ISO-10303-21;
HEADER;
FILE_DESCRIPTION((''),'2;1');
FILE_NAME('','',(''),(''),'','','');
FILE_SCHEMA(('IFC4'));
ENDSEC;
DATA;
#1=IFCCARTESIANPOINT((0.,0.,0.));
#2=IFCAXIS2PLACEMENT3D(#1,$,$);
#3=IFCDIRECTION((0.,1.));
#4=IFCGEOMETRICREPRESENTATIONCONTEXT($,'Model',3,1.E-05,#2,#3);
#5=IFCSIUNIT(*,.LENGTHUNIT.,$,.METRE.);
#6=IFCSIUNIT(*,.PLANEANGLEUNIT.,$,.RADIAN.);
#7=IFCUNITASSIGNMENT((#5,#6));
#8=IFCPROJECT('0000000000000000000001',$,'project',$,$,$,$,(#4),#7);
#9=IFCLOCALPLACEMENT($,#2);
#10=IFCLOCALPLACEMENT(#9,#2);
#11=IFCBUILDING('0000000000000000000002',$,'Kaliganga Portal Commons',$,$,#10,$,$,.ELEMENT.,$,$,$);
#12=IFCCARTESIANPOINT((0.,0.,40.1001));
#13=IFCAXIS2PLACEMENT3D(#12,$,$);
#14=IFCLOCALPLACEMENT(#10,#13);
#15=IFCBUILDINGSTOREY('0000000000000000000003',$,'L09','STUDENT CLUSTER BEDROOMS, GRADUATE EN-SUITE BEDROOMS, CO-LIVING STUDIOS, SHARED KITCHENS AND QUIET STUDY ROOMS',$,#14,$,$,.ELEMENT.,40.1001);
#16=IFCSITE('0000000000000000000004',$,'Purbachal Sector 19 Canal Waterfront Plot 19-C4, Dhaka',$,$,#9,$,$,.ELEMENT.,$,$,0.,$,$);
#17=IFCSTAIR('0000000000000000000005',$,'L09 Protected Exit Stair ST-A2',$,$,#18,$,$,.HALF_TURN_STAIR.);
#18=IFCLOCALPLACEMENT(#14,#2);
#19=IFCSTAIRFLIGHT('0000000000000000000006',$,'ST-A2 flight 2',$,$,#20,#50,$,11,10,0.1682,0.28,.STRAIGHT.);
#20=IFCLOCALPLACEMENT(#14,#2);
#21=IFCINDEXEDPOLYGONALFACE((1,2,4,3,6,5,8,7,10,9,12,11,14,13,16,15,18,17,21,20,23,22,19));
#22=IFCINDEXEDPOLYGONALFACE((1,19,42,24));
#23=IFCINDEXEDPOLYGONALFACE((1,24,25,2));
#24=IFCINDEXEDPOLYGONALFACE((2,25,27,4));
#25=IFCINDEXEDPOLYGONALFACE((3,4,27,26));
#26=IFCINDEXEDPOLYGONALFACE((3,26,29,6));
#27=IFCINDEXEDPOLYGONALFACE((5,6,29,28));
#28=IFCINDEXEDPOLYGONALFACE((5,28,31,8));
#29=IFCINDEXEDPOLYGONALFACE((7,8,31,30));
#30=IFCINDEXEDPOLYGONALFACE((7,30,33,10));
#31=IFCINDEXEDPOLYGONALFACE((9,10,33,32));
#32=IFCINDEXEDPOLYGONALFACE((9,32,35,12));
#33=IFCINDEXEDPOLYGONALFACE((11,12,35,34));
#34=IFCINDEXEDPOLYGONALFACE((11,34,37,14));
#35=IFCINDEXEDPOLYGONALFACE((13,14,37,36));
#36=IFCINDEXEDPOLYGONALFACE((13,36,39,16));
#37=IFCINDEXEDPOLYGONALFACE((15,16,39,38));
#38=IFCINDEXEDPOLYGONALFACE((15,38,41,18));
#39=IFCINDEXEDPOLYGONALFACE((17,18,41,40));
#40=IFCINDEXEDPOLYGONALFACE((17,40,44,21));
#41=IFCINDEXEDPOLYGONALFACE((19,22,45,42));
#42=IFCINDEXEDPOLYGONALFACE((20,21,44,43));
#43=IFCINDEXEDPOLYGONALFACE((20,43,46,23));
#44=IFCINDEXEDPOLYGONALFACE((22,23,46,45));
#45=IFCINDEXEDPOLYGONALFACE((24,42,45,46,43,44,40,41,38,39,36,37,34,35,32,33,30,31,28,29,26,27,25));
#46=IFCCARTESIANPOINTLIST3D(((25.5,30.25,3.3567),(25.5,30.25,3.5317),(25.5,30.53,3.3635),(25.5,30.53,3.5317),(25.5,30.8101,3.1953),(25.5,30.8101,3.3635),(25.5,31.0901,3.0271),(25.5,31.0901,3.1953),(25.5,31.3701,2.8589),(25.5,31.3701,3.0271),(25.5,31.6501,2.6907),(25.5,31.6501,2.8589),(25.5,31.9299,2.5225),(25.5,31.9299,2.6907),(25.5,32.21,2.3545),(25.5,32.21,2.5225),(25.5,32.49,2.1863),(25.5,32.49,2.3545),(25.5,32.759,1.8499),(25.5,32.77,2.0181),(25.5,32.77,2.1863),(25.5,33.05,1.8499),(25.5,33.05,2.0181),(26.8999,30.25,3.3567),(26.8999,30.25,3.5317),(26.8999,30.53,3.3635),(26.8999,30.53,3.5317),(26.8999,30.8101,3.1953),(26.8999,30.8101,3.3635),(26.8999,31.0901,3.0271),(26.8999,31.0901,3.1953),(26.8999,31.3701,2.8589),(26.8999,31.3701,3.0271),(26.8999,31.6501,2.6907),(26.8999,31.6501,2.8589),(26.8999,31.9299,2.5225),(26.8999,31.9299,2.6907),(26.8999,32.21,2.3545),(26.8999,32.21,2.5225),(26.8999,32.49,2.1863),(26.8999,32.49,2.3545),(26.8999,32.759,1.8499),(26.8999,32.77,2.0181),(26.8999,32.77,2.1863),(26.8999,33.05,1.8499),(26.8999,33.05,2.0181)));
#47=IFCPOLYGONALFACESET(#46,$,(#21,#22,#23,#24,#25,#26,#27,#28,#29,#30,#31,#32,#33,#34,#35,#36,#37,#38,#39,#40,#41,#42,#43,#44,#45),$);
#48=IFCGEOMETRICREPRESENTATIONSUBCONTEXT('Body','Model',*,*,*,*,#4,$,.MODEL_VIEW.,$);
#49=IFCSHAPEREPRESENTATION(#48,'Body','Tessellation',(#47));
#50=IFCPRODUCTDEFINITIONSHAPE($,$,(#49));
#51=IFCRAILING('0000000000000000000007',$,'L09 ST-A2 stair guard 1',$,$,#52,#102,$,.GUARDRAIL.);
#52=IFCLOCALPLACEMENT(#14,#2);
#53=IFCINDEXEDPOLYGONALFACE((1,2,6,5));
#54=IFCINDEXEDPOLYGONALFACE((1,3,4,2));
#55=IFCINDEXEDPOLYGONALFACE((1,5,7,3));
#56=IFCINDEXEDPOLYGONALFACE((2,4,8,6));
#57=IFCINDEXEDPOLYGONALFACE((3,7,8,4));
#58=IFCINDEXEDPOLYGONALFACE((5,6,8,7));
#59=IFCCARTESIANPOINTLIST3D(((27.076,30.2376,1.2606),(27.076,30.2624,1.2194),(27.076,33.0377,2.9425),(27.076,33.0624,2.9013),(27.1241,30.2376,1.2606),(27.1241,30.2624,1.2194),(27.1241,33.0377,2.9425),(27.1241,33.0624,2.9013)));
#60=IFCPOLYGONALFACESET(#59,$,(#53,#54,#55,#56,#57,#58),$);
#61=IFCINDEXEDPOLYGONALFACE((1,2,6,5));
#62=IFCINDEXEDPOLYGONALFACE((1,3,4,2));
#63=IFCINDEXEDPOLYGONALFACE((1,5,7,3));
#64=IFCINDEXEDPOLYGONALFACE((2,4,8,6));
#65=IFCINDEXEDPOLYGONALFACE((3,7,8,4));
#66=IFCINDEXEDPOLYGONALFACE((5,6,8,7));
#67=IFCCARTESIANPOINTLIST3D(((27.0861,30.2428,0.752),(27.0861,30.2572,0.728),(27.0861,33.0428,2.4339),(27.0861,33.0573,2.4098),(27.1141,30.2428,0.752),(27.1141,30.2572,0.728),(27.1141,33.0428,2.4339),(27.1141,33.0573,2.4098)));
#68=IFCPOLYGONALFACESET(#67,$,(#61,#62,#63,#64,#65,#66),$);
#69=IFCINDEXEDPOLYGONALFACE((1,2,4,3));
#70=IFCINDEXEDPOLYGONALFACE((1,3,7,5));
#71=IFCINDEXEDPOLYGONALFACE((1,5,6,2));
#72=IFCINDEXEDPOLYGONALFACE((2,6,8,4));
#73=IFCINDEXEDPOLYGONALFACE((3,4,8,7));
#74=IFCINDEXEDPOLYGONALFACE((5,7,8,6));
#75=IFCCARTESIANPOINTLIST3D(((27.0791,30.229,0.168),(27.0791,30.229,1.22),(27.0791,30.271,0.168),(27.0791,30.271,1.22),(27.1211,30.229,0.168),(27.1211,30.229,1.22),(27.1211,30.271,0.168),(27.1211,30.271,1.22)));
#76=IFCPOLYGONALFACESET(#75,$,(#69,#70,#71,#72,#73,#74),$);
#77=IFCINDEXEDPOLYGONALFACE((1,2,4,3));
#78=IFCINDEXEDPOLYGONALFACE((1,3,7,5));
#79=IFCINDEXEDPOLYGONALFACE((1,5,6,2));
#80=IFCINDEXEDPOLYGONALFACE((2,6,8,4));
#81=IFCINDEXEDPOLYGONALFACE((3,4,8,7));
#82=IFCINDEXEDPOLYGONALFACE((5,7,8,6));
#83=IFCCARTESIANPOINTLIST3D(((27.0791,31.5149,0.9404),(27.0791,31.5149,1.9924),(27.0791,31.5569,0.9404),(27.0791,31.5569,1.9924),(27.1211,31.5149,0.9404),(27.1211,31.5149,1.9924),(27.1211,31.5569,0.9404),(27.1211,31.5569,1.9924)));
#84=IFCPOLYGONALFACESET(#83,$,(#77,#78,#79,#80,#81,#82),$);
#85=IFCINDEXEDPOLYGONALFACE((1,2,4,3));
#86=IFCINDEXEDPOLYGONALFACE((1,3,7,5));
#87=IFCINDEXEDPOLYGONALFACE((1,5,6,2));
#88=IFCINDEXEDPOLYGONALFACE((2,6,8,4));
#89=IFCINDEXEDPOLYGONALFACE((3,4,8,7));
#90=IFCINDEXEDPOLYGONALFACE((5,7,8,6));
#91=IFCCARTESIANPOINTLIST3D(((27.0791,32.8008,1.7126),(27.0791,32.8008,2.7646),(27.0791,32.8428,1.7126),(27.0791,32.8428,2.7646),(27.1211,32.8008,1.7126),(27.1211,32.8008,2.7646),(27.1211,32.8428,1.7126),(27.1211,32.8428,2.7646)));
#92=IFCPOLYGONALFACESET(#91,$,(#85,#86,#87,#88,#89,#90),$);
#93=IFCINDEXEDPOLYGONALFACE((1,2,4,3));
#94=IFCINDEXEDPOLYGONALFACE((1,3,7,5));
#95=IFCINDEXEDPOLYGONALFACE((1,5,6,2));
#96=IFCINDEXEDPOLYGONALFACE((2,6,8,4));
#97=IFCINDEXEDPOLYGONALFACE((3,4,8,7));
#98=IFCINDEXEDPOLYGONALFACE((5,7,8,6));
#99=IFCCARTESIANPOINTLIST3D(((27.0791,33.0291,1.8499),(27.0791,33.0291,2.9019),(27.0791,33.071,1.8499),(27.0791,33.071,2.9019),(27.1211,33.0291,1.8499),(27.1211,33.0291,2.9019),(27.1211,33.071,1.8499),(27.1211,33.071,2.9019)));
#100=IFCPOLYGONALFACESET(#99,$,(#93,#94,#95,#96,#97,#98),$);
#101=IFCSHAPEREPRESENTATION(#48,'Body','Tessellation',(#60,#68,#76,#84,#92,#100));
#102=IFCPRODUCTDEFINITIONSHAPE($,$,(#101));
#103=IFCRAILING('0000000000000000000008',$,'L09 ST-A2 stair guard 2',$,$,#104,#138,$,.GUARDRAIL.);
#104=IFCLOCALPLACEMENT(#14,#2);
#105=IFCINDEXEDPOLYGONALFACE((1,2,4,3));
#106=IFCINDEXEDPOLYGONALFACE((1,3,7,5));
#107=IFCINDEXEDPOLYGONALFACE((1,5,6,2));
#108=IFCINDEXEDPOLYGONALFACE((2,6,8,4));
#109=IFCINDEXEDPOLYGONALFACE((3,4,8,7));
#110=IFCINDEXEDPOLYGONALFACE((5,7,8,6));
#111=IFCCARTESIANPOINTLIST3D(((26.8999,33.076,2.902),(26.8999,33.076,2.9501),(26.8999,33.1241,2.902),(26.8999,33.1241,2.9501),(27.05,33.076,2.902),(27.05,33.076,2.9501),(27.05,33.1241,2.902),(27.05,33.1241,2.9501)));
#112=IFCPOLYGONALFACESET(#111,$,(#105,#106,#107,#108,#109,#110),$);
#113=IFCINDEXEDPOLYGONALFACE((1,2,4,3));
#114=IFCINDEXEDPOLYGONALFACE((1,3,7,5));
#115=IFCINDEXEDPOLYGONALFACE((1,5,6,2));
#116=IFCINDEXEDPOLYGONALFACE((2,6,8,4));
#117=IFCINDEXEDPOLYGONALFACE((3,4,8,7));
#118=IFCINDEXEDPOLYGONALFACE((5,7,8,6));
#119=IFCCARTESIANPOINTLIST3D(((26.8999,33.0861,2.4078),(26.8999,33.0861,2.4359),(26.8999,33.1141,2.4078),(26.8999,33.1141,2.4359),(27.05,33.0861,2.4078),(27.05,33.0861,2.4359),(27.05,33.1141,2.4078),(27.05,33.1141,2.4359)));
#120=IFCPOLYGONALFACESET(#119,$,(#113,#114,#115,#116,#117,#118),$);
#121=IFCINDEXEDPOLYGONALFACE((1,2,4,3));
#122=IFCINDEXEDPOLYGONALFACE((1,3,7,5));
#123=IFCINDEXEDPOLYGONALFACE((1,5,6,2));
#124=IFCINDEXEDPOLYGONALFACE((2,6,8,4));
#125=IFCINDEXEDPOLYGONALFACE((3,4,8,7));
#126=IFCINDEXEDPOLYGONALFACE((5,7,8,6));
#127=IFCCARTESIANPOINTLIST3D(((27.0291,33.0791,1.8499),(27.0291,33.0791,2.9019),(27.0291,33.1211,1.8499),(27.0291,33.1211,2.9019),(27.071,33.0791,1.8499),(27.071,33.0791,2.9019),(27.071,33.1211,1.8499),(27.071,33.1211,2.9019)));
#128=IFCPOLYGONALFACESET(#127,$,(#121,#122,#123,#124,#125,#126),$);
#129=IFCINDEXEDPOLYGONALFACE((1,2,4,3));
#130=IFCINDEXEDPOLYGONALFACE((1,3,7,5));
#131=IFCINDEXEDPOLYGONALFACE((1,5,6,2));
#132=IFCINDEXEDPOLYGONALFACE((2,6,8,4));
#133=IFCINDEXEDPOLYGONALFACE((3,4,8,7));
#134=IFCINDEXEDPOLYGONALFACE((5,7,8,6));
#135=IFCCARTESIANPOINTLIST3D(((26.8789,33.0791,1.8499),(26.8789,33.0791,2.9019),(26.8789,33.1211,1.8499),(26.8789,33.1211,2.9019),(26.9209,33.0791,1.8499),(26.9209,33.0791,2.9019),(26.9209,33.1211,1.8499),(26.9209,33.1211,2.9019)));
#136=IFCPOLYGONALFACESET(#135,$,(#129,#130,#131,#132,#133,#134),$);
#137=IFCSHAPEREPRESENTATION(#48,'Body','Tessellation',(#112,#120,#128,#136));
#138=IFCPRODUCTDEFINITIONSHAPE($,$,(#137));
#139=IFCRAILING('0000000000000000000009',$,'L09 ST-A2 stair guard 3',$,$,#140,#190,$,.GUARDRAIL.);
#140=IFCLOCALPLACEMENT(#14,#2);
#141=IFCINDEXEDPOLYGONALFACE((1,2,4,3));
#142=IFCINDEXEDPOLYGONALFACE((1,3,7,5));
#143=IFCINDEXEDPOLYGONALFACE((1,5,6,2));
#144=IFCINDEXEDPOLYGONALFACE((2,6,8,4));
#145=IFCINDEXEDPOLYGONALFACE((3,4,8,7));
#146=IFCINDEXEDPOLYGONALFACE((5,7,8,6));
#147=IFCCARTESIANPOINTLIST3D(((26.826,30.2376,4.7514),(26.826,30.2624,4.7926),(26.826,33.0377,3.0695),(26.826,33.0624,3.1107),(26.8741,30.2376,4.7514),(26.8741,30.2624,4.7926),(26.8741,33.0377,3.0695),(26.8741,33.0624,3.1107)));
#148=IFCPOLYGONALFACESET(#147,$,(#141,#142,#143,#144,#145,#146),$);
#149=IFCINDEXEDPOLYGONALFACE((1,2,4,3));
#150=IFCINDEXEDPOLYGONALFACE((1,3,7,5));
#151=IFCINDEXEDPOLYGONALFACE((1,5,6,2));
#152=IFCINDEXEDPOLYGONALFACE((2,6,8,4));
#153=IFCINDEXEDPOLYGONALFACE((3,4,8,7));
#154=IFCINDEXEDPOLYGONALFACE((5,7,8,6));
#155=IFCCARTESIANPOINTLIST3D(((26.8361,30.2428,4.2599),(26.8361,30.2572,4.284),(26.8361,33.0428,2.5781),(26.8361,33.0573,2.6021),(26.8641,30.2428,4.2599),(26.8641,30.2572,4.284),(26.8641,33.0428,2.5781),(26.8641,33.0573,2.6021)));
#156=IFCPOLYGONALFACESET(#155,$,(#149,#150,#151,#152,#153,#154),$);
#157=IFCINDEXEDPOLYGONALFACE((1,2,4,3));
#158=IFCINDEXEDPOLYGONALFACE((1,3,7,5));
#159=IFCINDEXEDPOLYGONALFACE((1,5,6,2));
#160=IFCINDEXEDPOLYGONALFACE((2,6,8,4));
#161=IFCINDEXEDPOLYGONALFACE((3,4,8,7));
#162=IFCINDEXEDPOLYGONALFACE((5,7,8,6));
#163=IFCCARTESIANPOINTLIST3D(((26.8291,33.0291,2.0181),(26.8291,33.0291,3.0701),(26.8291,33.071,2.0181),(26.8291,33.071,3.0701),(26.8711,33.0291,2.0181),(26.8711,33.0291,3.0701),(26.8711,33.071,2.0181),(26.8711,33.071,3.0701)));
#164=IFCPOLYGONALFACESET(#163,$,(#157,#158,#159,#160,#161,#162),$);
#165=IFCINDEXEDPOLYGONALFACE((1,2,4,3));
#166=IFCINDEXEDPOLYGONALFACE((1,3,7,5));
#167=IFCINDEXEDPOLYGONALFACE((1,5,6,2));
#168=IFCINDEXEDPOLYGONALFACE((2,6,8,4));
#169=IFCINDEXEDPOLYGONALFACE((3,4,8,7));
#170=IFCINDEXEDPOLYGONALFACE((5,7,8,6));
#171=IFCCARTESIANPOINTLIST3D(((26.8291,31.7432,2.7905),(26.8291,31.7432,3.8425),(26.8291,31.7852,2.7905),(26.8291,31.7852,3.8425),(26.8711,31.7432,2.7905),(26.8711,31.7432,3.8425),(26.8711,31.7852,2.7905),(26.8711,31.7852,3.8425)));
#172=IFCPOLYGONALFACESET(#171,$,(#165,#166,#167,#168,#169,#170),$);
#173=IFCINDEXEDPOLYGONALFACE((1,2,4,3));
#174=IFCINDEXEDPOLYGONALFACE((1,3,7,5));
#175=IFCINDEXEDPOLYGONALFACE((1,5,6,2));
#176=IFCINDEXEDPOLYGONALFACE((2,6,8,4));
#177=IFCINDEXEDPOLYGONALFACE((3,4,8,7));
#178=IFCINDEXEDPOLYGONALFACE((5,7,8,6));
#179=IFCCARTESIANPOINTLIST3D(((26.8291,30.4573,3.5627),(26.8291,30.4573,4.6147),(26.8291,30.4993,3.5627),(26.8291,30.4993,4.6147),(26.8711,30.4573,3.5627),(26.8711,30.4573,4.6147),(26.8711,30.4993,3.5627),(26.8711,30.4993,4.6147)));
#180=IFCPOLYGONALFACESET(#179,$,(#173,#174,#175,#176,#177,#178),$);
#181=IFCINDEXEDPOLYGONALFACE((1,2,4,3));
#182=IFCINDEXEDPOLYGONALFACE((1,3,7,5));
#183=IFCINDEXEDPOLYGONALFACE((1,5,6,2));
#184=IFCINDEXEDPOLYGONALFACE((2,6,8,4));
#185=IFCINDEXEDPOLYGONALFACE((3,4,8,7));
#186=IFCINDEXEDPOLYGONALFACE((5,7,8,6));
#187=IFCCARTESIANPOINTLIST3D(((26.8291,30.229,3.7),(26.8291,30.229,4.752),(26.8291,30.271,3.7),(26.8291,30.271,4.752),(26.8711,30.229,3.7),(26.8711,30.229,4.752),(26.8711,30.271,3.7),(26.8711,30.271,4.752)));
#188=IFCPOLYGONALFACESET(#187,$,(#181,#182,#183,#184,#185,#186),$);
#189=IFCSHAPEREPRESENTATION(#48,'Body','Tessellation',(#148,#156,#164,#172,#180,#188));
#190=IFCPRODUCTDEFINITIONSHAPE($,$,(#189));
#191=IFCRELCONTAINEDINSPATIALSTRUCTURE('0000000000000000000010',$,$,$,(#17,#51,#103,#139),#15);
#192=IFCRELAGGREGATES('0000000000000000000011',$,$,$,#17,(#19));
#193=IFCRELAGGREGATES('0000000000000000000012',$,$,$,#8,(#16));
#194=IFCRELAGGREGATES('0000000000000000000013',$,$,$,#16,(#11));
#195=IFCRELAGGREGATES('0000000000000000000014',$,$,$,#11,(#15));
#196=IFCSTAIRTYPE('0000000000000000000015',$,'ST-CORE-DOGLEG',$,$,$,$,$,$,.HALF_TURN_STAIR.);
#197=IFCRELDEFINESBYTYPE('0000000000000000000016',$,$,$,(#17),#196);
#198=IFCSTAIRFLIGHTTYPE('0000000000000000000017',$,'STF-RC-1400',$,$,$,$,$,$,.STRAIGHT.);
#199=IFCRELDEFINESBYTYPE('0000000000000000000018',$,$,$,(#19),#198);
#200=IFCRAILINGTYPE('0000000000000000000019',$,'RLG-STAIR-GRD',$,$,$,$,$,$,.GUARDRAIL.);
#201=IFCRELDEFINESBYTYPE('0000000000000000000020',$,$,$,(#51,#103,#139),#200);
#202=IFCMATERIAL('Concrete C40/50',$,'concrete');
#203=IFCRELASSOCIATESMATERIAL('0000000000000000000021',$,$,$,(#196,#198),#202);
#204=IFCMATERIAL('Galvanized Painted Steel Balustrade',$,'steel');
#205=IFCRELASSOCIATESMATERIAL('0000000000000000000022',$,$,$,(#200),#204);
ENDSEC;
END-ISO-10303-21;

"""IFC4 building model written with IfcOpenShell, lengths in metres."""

from ifc_helpers import new_model, si_unit, direction, frame, origin, origin_2d, place, context, subcontext, project, spatial, polyline, rectangle, outline, extrude, material, type_object, element, aggregate, save


model = new_model("IFC4")

# Units and contexts
model_context = context("Model", 3, precision=1e-05, world=origin(), true_north=direction((0.0, 1.0)))
body_context = subcontext(model_context, "Body", "Model", "MODEL_VIEW")
ifc_project = project(units=[si_unit("LENGTHUNIT", "METRE"), si_unit("PLANEANGLEUNIT", "RADIAN")], contexts=[model_context])

# Site, building, storey
site_placement = place(None, origin())
site = spatial("IfcSite", under=ifc_project, at=site_placement, Name="Purbachal Sector 19 Canal Waterfront Plot 19-C4, Dhaka", CompositionType="ELEMENT", RefElevation=0.0)
building_placement = place(site_placement, origin())
building = spatial("IfcBuilding", under=site, at=building_placement, Name="Kaliganga Portal Commons", CompositionType="ELEMENT")
storey_placement = place(building_placement, frame((0.0, 0.0, 40.1001)))
storey = spatial("IfcBuildingStorey", under=building, at=storey_placement, Name="L09", Description="STUDENT CLUSTER BEDROOMS, GRADUATE EN-SUITE BEDROOMS, CO-LIVING STUDIOS, SHARED KITCHENS AND QUIET STUDY ROOMS", CompositionType="ELEMENT", Elevation=40.1001)

# Stair, stair flight
ifc_material_1 = material(Name="Concrete C40/50", Category="concrete")
stair_type = type_object("IfcStairType", Name="ST-CORE-DOGLEG", PredefinedType="HALF_TURN_STAIR", material=ifc_material_1)
stair_placement = place(storey_placement, origin())
stair = element("IfcStair", 1, at=stair_placement, inside=storey, type_object=stair_type, Name="L09 Protected Exit Stair ST-A2", PredefinedType="HALF_TURN_STAIR")
stair_flight_type = type_object("IfcStairFlightType", Name="STF-RC-1400", PredefinedType="STRAIGHT", material=ifc_material_1)
stair_flight_1_placement = place(storey_placement, frame((26.2, 33.05, 1.8499), z_axis=(0.0, 0.0, 1.0), x_axis=(0.0, -1.0, 0.0)))
stair_flight_1 = element("IfcStairFlight", 2, at=stair_flight_1_placement, type_object=stair_flight_type, Name="ST-A2 flight 2", NumberOfRisers=11, NumberOfTreads=10, PredefinedType="STRAIGHT", RiserHeight=0.1682, TreadLength=0.28, context=body_context, shape_type="SweptSolid", body=[
    extrude(outline(polyline([(0.0, 0.0), (0.0, 0.1682), (0.28, 0.1682), (0.28, 0.3364), (0.5601, 0.3364), (0.5601, 0.5046), (0.8401, 0.5046), (0.8401, 0.6726), (1.1201, 0.6726), (1.1201, 0.8408), (1.3999, 0.8408), (1.3999, 1.009), (1.6799, 1.009), (1.6799, 1.1772), (1.96, 1.1772), (1.96, 1.3455), (2.24, 1.3455), (2.24, 1.5137), (2.52, 1.5137), (2.52, 1.6819), (2.8, 1.6819), (2.8, 1.8501), (2.8, 1.5068), (0.291, 0.0), (0.0, 0.0)])), frame((0.0, 0.7, 0.0), z_axis=(0.0, -1.0, 0.0), x_axis=(1.0, 0.0, 0.0)), (0.0, 0.0, 1.0), 1.3999),
])
aggregate(stair, [stair_flight_1])

# Railings
ifc_material_2 = material(Name="Galvanized Painted Steel Balustrade", Category="steel")
railing_type_1 = type_object("IfcRailingType", Name="RLG-STAIR-GRD", PredefinedType="GUARDRAIL", material=ifc_material_2)
railing_1_placement = place(storey_placement, frame((27.1001, 30.25, 0.168)))
element("IfcRailing", 3, at=railing_1_placement, inside=storey, type_object=railing_type_1, Name="L09 ST-A2 stair guard 1", PredefinedType="GUARDRAIL", context=body_context, shape_type="SweptSolid", body=[
    extrude(rectangle(XDim=0.0481, YDim=0.0481, at=origin_2d()), frame((0.0, 0.0, 1.072), z_axis=(0.0, 0.857242, 0.514913), x_axis=(-1.0, 0.0, 0.0)), (0.0, 0.0, 1.0), 3.2664),
    extrude(rectangle(XDim=0.0281, YDim=0.0281, at=origin_2d()), frame((0.0, 0.0, 0.572), z_axis=(0.0, 0.857242, 0.514913), x_axis=(-1.0, 0.0, 0.0)), (0.0, 0.0, 1.0), 3.2664),
    extrude(rectangle(XDim=0.042, YDim=0.042, at=origin_2d()), origin(), (0.0, 0.0, 1.0), 1.052),
    extrude(rectangle(XDim=0.042, YDim=0.042, at=origin_2d()), frame((0.0, 1.2859, 0.7725)), (0.0, 0.0, 1.0), 1.052),
    extrude(rectangle(XDim=0.042, YDim=0.042, at=origin_2d()), frame((0.0, 2.5718, 1.5447)), (0.0, 0.0, 1.0), 1.052),
    extrude(rectangle(XDim=0.042, YDim=0.042, at=origin_2d()), frame((0.0, 2.8, 1.6819)), (0.0, 0.0, 1.0), 1.052),
])
railing_2_placement = place(storey_placement, frame((27.05, 33.1001, 1.8499)))
element("IfcRailing", 4, at=railing_2_placement, inside=storey, type_object=railing_type_1, Name="L09 ST-A2 stair guard 2", PredefinedType="GUARDRAIL", context=body_context, shape_type="SweptSolid", body=[
    extrude(rectangle(XDim=0.0481, YDim=0.0481, at=origin_2d()), frame((0.0, 0.0, 1.0762), z_axis=(-1.0, 0.0, 0.0), x_axis=(0.0, -1.0, 0.0)), (0.0, 0.0, 1.0), 0.1501),
    extrude(rectangle(XDim=0.0281, YDim=0.0281, at=origin_2d()), frame((0.0, 0.0, 0.572), z_axis=(-1.0, 0.0, 0.0), x_axis=(0.0, -1.0, 0.0)), (0.0, 0.0, 1.0), 0.1501),
    extrude(rectangle(XDim=0.042, YDim=0.042, at=origin_2d()), origin(), (0.0, 0.0, 1.0), 1.052),
    extrude(rectangle(XDim=0.042, YDim=0.042, at=origin_2d()), frame((-0.1501, 0.0, 0.0)), (0.0, 0.0, 1.0), 1.052),
])
railing_3_placement = place(storey_placement, frame((26.8501, 33.05, 2.0181)))
element("IfcRailing", 5, at=railing_3_placement, inside=storey, type_object=railing_type_1, Name="L09 ST-A2 stair guard 3", PredefinedType="GUARDRAIL", context=body_context, shape_type="SweptSolid", body=[
    extrude(rectangle(XDim=0.0481, YDim=0.0481, at=origin_2d()), frame((0.0, 0.0, 1.072), z_axis=(0.0, -0.857242, 0.514913), x_axis=(1.0, 0.0, 0.0)), (0.0, 0.0, 1.0), 3.2664),
    extrude(rectangle(XDim=0.0281, YDim=0.0281, at=origin_2d()), frame((0.0, 0.0, 0.572), z_axis=(0.0, -0.857242, 0.514913), x_axis=(1.0, 0.0, 0.0)), (0.0, 0.0, 1.0), 3.2664),
    extrude(rectangle(XDim=0.042, YDim=0.042, at=origin_2d()), origin(), (0.0, 0.0, 1.0), 1.052),
    extrude(rectangle(XDim=0.042, YDim=0.042, at=origin_2d()), frame((0.0, -1.2859, 0.7725)), (0.0, 0.0, 1.0), 1.052),
    extrude(rectangle(XDim=0.042, YDim=0.042, at=origin_2d()), frame((0.0, -2.5718, 1.5447)), (0.0, 0.0, 1.0), 1.052),
    extrude(rectangle(XDim=0.042, YDim=0.042, at=origin_2d()), frame((0.0, -2.8, 1.6819)), (0.0, 0.0, 1.0), 1.052),
])

save(model, "model.ifc")
